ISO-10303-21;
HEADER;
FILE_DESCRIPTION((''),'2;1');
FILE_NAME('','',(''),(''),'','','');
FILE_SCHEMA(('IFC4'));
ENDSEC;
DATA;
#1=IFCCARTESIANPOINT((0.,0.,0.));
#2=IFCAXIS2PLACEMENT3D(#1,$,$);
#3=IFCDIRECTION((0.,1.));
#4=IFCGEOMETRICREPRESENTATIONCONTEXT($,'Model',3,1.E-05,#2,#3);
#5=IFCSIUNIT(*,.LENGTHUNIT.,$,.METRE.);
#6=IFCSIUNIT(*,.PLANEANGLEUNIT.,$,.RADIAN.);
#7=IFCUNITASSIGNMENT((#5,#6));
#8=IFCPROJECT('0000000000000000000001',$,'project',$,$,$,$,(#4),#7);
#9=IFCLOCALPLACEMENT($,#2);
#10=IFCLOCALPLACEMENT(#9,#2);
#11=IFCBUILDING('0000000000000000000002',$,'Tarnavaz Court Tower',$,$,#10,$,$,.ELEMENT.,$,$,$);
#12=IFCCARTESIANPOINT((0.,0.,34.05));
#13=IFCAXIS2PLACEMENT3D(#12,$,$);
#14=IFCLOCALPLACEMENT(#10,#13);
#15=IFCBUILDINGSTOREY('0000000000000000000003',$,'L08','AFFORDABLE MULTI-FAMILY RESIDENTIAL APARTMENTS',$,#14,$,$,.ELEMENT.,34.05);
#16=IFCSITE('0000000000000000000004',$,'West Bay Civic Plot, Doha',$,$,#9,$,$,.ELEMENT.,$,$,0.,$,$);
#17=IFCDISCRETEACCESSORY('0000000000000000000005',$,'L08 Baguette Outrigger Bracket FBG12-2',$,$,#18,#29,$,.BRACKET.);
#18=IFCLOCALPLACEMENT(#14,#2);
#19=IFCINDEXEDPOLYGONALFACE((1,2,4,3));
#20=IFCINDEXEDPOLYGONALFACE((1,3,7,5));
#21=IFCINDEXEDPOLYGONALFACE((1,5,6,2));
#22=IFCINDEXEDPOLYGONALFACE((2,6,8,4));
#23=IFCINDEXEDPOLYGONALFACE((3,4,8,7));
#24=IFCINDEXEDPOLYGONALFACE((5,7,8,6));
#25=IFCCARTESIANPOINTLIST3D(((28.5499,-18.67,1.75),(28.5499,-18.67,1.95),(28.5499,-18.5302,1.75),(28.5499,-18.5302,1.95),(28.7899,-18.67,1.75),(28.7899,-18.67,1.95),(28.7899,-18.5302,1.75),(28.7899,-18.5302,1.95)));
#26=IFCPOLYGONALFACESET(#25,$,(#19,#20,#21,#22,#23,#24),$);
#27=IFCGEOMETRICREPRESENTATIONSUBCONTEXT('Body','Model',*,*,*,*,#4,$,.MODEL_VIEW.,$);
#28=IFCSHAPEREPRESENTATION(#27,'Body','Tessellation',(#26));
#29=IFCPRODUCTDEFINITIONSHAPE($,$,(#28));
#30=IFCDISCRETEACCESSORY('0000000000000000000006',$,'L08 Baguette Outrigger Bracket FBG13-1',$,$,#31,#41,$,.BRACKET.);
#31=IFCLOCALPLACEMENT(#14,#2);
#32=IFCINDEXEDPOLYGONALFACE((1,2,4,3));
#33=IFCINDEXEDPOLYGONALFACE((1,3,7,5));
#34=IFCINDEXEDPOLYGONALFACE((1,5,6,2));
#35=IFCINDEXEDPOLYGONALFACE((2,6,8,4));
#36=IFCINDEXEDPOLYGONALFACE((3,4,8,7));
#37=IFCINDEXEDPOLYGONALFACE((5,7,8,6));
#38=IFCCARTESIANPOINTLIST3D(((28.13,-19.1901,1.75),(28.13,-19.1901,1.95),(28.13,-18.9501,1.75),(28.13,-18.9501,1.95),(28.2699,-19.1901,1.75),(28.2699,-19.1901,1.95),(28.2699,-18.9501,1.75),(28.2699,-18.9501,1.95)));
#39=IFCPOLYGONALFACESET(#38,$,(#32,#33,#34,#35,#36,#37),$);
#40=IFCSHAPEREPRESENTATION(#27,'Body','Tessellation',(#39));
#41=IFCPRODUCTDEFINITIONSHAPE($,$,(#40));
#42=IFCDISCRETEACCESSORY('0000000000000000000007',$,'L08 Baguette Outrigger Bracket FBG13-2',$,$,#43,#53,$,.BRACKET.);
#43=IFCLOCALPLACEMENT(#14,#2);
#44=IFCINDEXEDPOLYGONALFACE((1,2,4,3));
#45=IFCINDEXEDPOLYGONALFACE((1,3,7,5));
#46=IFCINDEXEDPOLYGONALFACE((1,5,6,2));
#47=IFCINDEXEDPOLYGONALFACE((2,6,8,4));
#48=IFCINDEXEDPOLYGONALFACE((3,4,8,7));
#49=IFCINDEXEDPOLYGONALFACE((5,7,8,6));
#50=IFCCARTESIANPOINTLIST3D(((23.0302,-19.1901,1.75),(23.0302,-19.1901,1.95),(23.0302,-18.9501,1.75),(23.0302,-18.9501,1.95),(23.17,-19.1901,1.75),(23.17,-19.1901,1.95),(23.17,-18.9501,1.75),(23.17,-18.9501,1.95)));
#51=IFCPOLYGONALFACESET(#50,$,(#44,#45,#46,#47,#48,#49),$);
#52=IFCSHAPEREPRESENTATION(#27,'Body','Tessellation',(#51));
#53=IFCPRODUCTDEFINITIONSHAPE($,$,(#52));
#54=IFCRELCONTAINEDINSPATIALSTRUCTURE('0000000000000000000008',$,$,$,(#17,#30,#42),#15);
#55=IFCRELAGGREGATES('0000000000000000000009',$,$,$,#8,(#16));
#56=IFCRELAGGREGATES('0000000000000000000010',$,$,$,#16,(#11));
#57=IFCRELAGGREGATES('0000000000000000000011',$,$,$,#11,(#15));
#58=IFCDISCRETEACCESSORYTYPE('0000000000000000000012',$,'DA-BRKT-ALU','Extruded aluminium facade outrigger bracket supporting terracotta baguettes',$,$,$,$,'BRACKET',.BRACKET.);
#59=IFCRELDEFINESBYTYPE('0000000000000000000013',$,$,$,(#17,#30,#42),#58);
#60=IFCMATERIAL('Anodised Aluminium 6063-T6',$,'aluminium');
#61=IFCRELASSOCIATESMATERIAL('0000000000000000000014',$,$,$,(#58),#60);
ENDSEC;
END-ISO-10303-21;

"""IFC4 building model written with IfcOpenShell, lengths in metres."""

from ifc_helpers import new_model, si_unit, direction, frame, origin, origin_2d, place, context, subcontext, project, spatial, rectangle, extrude, material, type_object, element, save


model = new_model("IFC4")

# Units and contexts
model_context = context("Model", 3, precision=1e-05, world=origin(), true_north=direction((0.0, 1.0)))
body_context = subcontext(model_context, "Body", "Model", "MODEL_VIEW")
ifc_project = project(units=[si_unit("LENGTHUNIT", "METRE"), si_unit("PLANEANGLEUNIT", "RADIAN")], contexts=[model_context])

# Site, building, storey
site_placement = place(None, origin())
site = spatial("IfcSite", under=ifc_project, at=site_placement, Name="West Bay Civic Plot, Doha", CompositionType="ELEMENT", RefElevation=0.0)
building_placement = place(site_placement, origin())
building = spatial("IfcBuilding", under=site, at=building_placement, Name="Tarnavaz Court Tower", CompositionType="ELEMENT")
storey_placement = place(building_placement, frame((0.0, 0.0, 34.05)))
storey = spatial("IfcBuildingStorey", under=building, at=storey_placement, Name="L08", Description="AFFORDABLE MULTI-FAMILY RESIDENTIAL APARTMENTS", CompositionType="ELEMENT", Elevation=34.05)

# Discrete accessories
ifc_material_1 = material(Name="Anodised Aluminium 6063-T6", Category="aluminium")
discrete_accessory_type = type_object("IfcDiscreteAccessoryType", Name="DA-BRKT-ALU", Description="Extruded aluminium facade outrigger bracket supporting terracotta baguettes", ElementType="BRACKET", PredefinedType="BRACKET", material=ifc_material_1)
for number, where, z_axis, x_axis, name in (
    (1, (28.6699, -18.6001, 1.75), (0.0, 0.0, 1.0), (0.0, -1.0, 0.0), "L08 Baguette Outrigger Bracket FBG12-2"),
    (2, (28.2, -19.0701, 1.75), (0.0, 0.0, 1.0), (-1.0, 0.0, 0.0), "L08 Baguette Outrigger Bracket FBG13-1"),
    (3, (23.1001, -19.0701, 1.75), (0.0, 0.0, 1.0), (-1.0, 0.0, 0.0), "L08 Baguette Outrigger Bracket FBG13-2"),
):
    element("IfcDiscreteAccessory", number, at=place(storey_placement, frame(where, z_axis=z_axis, x_axis=x_axis)), inside=storey, type_object=discrete_accessory_type, Name=name, PredefinedType="BRACKET", context=body_context, shape_type="SweptSolid", body=[
        extrude(rectangle(XDim=0.1399, YDim=0.24, at=origin_2d()), origin(), (0.0, 0.0, 1.0), 0.2),
    ])

save(model, "model.ifc")
